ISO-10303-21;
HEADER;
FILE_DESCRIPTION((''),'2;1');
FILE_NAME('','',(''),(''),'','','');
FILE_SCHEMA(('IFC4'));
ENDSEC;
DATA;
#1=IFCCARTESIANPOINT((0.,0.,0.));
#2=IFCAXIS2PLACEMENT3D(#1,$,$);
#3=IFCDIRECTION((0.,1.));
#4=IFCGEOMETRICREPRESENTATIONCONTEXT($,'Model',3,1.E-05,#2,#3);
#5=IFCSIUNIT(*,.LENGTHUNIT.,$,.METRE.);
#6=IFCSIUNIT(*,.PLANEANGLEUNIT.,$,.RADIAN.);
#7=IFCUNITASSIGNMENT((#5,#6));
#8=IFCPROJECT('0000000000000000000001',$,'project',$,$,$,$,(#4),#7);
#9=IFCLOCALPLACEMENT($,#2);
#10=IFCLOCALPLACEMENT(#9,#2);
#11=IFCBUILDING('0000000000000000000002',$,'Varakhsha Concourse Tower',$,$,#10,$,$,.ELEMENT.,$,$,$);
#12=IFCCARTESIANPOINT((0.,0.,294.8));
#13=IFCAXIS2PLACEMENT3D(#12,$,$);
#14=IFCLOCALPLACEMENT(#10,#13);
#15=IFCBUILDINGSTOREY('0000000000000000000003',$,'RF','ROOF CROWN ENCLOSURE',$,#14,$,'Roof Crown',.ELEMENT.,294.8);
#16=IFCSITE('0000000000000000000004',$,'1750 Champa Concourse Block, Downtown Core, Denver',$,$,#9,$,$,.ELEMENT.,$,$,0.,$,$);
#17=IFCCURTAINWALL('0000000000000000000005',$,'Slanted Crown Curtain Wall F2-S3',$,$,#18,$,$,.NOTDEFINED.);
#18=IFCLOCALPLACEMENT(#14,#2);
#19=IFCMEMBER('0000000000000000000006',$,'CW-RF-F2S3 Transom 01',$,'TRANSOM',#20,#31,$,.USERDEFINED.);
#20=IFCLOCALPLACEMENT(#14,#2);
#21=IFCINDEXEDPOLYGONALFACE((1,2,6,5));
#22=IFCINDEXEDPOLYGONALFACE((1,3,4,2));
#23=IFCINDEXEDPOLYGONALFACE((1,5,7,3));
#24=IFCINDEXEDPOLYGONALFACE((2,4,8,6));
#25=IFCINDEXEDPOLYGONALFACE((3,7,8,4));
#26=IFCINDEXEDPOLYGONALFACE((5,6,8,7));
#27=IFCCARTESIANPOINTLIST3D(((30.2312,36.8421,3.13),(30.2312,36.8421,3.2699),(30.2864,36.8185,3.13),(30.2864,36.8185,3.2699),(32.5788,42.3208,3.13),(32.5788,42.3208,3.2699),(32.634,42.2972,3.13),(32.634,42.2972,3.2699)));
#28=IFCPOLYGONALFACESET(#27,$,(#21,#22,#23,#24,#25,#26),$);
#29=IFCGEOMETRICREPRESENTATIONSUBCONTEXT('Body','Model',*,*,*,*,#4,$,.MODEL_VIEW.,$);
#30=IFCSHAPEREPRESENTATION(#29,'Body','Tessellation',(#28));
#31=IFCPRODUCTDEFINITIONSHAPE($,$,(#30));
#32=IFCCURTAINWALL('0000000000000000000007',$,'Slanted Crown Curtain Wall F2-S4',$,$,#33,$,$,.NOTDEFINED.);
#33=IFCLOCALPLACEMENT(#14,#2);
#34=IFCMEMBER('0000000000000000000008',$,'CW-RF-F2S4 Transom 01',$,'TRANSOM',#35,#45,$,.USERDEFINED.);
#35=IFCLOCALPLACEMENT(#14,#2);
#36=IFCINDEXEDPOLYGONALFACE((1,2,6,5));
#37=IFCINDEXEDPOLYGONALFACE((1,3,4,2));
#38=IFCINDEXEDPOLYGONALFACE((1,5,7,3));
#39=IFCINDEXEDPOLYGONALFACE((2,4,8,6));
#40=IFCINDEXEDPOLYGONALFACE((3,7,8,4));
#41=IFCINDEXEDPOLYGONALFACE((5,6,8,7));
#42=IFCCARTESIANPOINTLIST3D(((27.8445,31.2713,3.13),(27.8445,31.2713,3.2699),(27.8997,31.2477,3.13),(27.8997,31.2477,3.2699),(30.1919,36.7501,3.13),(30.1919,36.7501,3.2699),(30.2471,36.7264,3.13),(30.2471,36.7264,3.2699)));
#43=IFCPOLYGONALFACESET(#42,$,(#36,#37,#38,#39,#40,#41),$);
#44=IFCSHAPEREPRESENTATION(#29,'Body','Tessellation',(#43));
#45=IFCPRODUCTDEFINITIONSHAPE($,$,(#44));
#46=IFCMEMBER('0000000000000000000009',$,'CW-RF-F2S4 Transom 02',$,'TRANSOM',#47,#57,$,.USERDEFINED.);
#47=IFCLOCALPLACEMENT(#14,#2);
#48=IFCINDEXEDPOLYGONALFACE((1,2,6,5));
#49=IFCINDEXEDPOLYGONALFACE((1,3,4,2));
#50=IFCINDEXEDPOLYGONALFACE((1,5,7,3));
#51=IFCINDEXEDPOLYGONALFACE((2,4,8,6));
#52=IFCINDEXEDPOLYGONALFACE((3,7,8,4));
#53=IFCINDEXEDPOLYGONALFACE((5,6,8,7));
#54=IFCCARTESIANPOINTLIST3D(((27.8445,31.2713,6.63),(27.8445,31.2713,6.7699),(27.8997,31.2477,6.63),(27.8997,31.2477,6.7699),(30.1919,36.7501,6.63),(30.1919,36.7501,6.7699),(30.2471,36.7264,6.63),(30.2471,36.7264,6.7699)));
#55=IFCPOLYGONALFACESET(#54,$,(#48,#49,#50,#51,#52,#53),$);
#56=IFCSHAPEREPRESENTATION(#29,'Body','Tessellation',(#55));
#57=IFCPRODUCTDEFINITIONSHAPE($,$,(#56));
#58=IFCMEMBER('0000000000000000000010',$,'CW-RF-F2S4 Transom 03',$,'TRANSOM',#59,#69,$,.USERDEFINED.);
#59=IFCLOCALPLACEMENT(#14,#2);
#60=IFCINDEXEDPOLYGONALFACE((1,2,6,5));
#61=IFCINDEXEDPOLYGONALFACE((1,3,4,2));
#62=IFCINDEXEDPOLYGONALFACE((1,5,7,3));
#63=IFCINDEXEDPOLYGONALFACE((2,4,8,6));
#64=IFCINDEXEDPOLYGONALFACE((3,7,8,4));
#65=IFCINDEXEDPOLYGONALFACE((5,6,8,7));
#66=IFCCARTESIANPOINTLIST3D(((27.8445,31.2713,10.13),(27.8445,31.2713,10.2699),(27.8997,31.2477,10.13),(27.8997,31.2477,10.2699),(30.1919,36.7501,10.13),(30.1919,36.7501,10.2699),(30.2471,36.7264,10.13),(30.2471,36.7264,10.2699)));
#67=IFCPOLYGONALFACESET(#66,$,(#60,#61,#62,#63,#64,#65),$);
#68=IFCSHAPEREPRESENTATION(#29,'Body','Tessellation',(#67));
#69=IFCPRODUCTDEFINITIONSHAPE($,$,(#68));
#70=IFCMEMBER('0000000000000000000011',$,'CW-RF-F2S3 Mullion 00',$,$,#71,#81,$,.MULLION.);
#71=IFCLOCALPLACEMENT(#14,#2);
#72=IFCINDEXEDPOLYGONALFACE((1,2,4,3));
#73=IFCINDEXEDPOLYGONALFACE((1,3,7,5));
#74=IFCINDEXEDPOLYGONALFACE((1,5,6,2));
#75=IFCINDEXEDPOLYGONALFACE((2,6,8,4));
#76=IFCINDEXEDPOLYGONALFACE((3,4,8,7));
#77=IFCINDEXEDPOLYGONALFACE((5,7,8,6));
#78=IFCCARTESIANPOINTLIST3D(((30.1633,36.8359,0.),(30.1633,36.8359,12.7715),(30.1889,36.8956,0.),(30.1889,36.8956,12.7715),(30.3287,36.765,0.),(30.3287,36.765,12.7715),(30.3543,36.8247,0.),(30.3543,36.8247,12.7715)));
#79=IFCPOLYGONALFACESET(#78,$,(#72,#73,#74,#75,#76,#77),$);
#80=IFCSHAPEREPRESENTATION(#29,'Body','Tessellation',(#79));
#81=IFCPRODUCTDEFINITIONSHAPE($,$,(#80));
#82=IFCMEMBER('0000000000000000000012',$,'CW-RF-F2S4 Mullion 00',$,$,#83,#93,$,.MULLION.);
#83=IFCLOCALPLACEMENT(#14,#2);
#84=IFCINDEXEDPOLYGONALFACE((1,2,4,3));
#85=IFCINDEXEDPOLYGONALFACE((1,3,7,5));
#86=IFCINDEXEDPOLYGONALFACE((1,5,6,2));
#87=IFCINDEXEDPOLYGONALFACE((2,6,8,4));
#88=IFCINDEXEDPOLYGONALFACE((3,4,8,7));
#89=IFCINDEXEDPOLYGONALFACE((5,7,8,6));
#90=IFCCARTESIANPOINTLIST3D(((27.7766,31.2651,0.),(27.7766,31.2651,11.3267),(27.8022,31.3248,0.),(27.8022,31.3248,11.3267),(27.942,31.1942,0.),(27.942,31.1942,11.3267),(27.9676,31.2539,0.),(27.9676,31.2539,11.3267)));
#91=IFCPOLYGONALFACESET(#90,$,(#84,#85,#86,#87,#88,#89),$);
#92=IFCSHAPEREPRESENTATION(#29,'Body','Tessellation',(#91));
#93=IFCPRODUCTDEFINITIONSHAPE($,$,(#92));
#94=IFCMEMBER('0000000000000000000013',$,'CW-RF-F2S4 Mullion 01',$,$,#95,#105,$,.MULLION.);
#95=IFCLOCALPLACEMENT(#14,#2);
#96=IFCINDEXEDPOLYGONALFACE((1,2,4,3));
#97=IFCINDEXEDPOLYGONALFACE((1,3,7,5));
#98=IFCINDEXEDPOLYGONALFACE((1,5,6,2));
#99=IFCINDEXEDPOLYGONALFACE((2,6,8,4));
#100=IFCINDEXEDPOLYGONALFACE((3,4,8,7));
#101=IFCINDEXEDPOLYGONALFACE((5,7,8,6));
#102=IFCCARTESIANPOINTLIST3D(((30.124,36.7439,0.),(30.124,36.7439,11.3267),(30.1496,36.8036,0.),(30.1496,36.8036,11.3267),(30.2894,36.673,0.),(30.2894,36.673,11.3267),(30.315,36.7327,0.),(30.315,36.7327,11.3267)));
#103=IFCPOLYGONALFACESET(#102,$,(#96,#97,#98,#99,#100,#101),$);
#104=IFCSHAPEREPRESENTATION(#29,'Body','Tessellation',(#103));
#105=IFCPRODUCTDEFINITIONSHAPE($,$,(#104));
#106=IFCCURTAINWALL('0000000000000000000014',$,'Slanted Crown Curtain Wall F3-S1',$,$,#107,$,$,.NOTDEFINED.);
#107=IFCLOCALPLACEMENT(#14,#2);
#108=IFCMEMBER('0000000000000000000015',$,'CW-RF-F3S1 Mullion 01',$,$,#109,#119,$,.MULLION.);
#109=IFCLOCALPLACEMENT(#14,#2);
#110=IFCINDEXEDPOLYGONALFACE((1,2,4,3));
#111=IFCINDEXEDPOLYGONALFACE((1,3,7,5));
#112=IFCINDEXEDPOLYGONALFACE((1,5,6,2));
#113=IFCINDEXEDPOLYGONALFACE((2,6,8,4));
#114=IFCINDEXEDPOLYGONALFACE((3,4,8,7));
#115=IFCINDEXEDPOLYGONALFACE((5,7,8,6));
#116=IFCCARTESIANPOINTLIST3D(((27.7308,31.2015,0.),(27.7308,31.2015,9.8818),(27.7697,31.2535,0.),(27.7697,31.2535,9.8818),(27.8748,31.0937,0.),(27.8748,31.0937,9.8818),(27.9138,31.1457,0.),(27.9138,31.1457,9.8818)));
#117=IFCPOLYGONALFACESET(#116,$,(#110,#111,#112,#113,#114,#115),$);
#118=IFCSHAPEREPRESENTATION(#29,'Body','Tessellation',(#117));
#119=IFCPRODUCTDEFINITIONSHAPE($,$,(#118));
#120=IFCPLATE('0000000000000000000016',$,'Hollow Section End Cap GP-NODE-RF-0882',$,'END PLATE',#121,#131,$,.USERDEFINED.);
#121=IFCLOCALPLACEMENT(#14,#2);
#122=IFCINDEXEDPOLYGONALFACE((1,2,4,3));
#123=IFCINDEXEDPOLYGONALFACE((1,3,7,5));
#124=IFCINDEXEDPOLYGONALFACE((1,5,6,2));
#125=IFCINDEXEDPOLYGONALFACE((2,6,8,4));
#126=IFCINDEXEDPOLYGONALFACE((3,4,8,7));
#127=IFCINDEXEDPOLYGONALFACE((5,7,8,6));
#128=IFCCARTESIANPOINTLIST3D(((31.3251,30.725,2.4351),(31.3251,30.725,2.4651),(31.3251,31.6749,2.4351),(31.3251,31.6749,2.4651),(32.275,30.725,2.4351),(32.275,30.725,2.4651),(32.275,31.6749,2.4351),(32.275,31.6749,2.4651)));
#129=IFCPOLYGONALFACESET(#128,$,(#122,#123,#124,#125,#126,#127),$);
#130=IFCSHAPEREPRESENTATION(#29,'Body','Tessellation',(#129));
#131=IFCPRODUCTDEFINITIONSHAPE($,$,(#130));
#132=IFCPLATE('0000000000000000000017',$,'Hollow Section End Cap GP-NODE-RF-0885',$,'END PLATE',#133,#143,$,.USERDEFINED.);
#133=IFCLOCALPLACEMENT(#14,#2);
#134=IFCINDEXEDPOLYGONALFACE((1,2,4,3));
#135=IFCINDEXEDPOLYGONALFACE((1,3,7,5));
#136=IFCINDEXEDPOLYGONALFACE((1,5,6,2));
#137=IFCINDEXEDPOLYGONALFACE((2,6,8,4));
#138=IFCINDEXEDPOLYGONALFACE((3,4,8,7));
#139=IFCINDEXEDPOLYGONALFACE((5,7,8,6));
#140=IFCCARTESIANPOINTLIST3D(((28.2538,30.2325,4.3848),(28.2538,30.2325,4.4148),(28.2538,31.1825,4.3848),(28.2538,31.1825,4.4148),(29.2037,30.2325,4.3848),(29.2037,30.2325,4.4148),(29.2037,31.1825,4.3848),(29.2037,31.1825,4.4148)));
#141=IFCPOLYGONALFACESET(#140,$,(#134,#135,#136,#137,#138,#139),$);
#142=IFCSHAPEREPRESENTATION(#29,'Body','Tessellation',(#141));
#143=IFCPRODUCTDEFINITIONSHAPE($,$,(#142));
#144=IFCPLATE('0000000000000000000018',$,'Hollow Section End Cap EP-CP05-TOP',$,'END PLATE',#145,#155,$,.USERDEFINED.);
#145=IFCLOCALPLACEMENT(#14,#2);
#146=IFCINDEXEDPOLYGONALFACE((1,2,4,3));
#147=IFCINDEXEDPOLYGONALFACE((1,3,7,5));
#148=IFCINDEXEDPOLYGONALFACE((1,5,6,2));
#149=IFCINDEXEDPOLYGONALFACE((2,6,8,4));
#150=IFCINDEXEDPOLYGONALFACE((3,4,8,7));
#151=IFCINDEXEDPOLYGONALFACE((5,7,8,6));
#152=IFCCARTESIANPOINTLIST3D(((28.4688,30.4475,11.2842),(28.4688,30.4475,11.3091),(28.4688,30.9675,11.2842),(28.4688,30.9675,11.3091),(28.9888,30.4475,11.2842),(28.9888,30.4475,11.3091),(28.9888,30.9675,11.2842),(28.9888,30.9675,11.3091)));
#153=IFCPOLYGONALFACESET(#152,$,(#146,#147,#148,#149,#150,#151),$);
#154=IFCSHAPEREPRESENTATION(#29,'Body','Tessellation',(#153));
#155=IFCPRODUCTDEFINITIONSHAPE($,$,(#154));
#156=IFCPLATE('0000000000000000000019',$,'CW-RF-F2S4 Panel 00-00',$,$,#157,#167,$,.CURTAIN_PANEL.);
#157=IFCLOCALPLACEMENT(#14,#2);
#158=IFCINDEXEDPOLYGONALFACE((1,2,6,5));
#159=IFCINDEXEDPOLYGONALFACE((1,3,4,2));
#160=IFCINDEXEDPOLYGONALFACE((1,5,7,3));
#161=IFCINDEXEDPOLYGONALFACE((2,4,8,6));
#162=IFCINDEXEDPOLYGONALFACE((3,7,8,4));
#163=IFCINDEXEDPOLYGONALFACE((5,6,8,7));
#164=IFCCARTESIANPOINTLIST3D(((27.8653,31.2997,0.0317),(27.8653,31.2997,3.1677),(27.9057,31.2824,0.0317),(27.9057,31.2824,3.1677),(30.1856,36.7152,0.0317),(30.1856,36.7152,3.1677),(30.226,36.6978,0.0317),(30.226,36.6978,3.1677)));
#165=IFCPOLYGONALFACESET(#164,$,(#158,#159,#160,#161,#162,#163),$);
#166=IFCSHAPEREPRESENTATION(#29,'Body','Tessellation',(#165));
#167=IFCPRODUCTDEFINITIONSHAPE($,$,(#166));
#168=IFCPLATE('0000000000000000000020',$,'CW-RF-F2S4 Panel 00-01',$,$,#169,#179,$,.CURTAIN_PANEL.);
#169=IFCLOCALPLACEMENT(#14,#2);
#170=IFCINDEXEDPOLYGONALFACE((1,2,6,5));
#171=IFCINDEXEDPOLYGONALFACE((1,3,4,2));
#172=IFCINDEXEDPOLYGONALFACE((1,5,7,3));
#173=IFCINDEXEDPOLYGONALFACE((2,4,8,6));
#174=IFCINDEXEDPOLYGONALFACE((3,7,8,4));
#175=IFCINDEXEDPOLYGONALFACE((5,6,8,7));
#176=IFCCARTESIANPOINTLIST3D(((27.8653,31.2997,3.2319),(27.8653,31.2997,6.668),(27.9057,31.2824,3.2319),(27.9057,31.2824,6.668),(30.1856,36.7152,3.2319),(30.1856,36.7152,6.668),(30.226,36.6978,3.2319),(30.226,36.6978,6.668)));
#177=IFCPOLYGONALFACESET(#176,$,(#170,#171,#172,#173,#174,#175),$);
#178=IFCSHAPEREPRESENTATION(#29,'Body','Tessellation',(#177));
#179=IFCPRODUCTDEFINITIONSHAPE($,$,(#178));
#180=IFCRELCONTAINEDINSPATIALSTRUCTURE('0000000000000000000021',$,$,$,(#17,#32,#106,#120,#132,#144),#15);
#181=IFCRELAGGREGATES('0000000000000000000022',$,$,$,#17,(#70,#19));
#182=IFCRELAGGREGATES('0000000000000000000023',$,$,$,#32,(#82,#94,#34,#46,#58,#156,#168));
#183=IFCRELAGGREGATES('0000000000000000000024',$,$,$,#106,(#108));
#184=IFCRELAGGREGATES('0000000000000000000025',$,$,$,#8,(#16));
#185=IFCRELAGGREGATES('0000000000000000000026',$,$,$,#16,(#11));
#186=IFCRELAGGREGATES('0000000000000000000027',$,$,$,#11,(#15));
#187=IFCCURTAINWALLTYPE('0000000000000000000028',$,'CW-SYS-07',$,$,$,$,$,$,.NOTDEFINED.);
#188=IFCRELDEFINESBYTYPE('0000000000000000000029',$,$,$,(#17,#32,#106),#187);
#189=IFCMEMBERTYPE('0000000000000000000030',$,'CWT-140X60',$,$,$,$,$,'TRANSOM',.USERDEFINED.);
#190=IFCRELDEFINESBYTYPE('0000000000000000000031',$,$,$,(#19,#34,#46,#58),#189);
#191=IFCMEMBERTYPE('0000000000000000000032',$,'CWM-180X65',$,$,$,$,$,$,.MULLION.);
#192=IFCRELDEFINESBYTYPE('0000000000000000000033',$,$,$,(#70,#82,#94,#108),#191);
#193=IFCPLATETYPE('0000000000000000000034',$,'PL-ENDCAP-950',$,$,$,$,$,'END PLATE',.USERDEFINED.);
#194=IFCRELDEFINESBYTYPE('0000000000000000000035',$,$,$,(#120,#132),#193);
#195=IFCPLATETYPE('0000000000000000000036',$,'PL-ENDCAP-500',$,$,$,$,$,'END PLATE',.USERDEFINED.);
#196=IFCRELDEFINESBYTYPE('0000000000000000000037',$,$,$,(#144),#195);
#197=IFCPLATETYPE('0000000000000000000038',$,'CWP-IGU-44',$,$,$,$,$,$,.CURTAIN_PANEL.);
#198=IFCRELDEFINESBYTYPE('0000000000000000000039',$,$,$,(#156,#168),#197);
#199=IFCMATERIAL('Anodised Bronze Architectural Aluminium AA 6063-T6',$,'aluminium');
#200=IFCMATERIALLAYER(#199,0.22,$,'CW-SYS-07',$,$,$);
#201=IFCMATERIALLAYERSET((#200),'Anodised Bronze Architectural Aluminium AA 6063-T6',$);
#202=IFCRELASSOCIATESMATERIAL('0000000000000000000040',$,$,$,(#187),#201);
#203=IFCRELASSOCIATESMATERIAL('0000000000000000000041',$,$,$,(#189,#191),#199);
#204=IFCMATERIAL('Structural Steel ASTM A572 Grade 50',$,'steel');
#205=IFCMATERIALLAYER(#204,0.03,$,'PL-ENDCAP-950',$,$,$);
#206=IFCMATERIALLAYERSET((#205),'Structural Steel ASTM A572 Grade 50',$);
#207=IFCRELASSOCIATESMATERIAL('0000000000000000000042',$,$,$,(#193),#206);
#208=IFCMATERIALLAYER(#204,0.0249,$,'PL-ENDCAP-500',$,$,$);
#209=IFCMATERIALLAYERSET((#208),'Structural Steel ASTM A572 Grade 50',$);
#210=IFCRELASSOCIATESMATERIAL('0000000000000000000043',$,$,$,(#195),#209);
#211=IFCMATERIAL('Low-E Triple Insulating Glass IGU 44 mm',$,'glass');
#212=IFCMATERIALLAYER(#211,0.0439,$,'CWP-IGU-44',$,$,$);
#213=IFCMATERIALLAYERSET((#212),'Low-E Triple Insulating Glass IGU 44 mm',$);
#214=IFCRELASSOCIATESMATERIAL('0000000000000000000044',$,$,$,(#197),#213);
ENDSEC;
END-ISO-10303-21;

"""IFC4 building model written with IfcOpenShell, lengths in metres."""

from ifc_helpers import new_model, si_unit, direction, frame, origin, origin_2d, place, context, subcontext, project, spatial, rectangle, extrude, source, transform, mapped, material, layer, layer_set, material_profile, profile_set, type_object, type_shapes, element, aggregate, save


model = new_model("IFC4")

# Units and contexts
model_context = context("Model", 3, precision=1e-05, world=origin(), true_north=direction((0.0, 1.0)))
body_context = subcontext(model_context, "Body", "Model", "MODEL_VIEW")
ifc_project = project(units=[si_unit("LENGTHUNIT", "METRE"), si_unit("PLANEANGLEUNIT", "RADIAN")], contexts=[model_context])

# Site, building, storey
site_placement = place(None, origin())
site = spatial("IfcSite", under=ifc_project, at=site_placement, Name="1750 Champa Concourse Block, Downtown Core, Denver", CompositionType="ELEMENT", RefElevation=0.0)
building_placement = place(site_placement, origin())
building = spatial("IfcBuilding", under=site, at=building_placement, Name="Varakhsha Concourse Tower", CompositionType="ELEMENT")
storey_placement = place(building_placement, frame((0.0, 0.0, 294.8)))
storey = spatial("IfcBuildingStorey", under=building, at=storey_placement, Name="RF", Description="ROOF CROWN ENCLOSURE", LongName="Roof Crown", CompositionType="ELEMENT", Elevation=294.8)

# Shared definitions
ifc_material_1 = material(Name="Structural Steel ASTM A572 Grade 50", Category="steel")

# Curtain wall, member
ifc_material_2 = material(Name="Anodised Bronze Architectural Aluminium AA 6063-T6", Category="aluminium")
ifc_layer_1 = layer(ifc_material_2, 0.22, Name="CW-SYS-07")
ifc_layer_set_1 = layer_set([ifc_layer_1], Name="Anodised Bronze Architectural Aluminium AA 6063-T6")
curtain_wall_type = type_object("IfcCurtainWallType", Name="CW-SYS-07", PredefinedType="NOTDEFINED", material=ifc_layer_set_1)
curtain_wall_1_placement = place(storey_placement, origin())
curtain_wall_1 = element("IfcCurtainWall", 1, at=curtain_wall_1_placement, inside=storey, type_object=curtain_wall_type, Name="Slanted Crown Curtain Wall F2-S3", PredefinedType="NOTDEFINED")
ifc_material_profile_1 = material_profile(ifc_material_2, rectangle(XDim=0.0601, YDim=0.1399, at=origin_2d()), Name="CWT-140X60")
ifc_profile_set_1 = profile_set([ifc_material_profile_1], Name="Anodised Bronze Architectural Aluminium AA 6063-T6")
member_type_1 = type_object("IfcMemberType", Name="CWT-140X60", ElementType="TRANSOM", PredefinedType="USERDEFINED", material=ifc_profile_set_1)
shared_shape_1 = source(origin(), body_context, "Body", "SweptSolid", [
    extrude(rectangle(XDim=0.0601, YDim=0.1399, at=origin_2d()), origin(), (0.0, 0.0, 1.0), 5.9604),
])
type_shapes(member_type_1, [shared_shape_1])
member_1_placement = place(storey_placement, frame((30.2588, 36.8303, 3.2), z_axis=(0.393865, 0.919168, 0.0), x_axis=(-0.919168, 0.393865, 0.0)))
member_1 = element("IfcMember", 2, at=member_1_placement, type_object=member_type_1, Name="CW-RF-F2S3 Transom 01", ObjectType="TRANSOM", PredefinedType="USERDEFINED", context=body_context, shape_type="MappedRepresentation", body=[
    mapped(shared_shape_1, transform((0.0, 0.0, 0.0), scale=1.0)),
])

# Curtain wall, members
curtain_wall_2_placement = place(storey_placement, origin())
curtain_wall_2 = element("IfcCurtainWall", 3, at=curtain_wall_2_placement, inside=storey, type_object=curtain_wall_type, Name="Slanted Crown Curtain Wall F2-S4", PredefinedType="NOTDEFINED")
member_2_placement = place(storey_placement, frame((27.8721, 31.2595, 3.2), z_axis=(0.39383, 0.919183, 0.0), x_axis=(-0.919183, 0.39383, 0.0)))
member_2 = element("IfcMember", 4, at=member_2_placement, type_object=member_type_1, Name="CW-RF-F2S4 Transom 01", ObjectType="TRANSOM", PredefinedType="USERDEFINED", context=body_context, shape_type="MappedRepresentation", body=[
    mapped(shared_shape_1, transform((0.0, 0.0, 0.0), scale=1.0)),
])
member_3_placement = place(storey_placement, frame((27.8721, 31.2595, 6.7), z_axis=(0.39383, 0.919183, 0.0), x_axis=(-0.919183, 0.39383, 0.0)))
member_3 = element("IfcMember", 5, at=member_3_placement, type_object=member_type_1, Name="CW-RF-F2S4 Transom 02", ObjectType="TRANSOM", PredefinedType="USERDEFINED", context=body_context, shape_type="MappedRepresentation", body=[
    mapped(shared_shape_1, transform((0.0, 0.0, 0.0), scale=1.0)),
])
member_4_placement = place(storey_placement, frame((27.8721, 31.2595, 10.2), z_axis=(0.39383, 0.919183, 0.0), x_axis=(-0.919183, 0.39383, 0.0)))
member_4 = element("IfcMember", 6, at=member_4_placement, type_object=member_type_1, Name="CW-RF-F2S4 Transom 03", ObjectType="TRANSOM", PredefinedType="USERDEFINED", context=body_context, shape_type="MappedRepresentation", body=[
    mapped(shared_shape_1, transform((0.0, 0.0, 0.0), scale=1.0)),
])

# Members
ifc_material_profile_2 = material_profile(ifc_material_2, rectangle(XDim=0.0649, YDim=0.1799, at=origin_2d()), Name="CWM-180X65")
ifc_profile_set_2 = profile_set([ifc_material_profile_2], Name="Anodised Bronze Architectural Aluminium AA 6063-T6")
member_type_2 = type_object("IfcMemberType", Name="CWM-180X65", PredefinedType="MULLION", material=ifc_profile_set_2)
shared_shape_2 = source(origin(), body_context, "Body", "SweptSolid", [
    extrude(rectangle(XDim=0.0649, YDim=0.1799, at=origin_2d()), origin(), (0.0, 0.0, 1.0), 12.7715),
])
member_5_placement = place(storey_placement, frame((30.2588, 36.8303, 0.0), z_axis=(0.0, 0.0, 1.0), x_axis=(0.393841, 0.919179, 0.0)))
member_5 = element("IfcMember", 7, at=member_5_placement, type_object=member_type_2, Name="CW-RF-F2S3 Mullion 00", PredefinedType="MULLION", context=body_context, shape_type="MappedRepresentation", body=[
    mapped(shared_shape_2, transform((0.0, 0.0, 0.0), scale=1.0)),
])
aggregate(curtain_wall_1, [member_5, member_1])
shared_shape_3 = source(origin(), body_context, "Body", "SweptSolid", [
    extrude(rectangle(XDim=0.0649, YDim=0.1799, at=origin_2d()), origin(), (0.0, 0.0, 1.0), 11.3267),
])
member_6_placement = place(storey_placement, frame((27.8721, 31.2595, 0.0), z_axis=(0.0, 0.0, 1.0), x_axis=(0.393841, 0.919179, 0.0)))
member_6 = element("IfcMember", 8, at=member_6_placement, type_object=member_type_2, Name="CW-RF-F2S4 Mullion 00", PredefinedType="MULLION", context=body_context, shape_type="MappedRepresentation", body=[
    mapped(shared_shape_3, transform((0.0, 0.0, 0.0), scale=1.0)),
])
member_7_placement = place(storey_placement, frame((30.2195, 36.7383, 0.0), z_axis=(0.0, 0.0, 1.0), x_axis=(0.393841, 0.919179, 0.0)))
member_7 = element("IfcMember", 9, at=member_7_placement, type_object=member_type_2, Name="CW-RF-F2S4 Mullion 01", PredefinedType="MULLION", context=body_context, shape_type="MappedRepresentation", body=[
    mapped(shared_shape_3, transform((0.0, 0.0, 0.0), scale=1.0)),
])

# Curtain wall, member
curtain_wall_3_placement = place(storey_placement, origin())
curtain_wall_3 = element("IfcCurtainWall", 10, at=curtain_wall_3_placement, inside=storey, type_object=curtain_wall_type, Name="Slanted Crown Curtain Wall F3-S1", PredefinedType="NOTDEFINED")
shared_shape_4 = source(origin(), body_context, "Body", "SweptSolid", [
    extrude(rectangle(XDim=0.0649, YDim=0.1799, at=origin_2d()), origin(), (0.0, 0.0, 1.0), 9.8818),
])
type_shapes(member_type_2, [shared_shape_2, shared_shape_3, shared_shape_4])
member_8_placement = place(storey_placement, frame((27.8223, 31.1736, 0.0), z_axis=(0.0, 0.0, 1.0), x_axis=(0.599092, 0.80068, 0.0)))
member_8 = element("IfcMember", 11, at=member_8_placement, type_object=member_type_2, Name="CW-RF-F3S1 Mullion 01", PredefinedType="MULLION", context=body_context, shape_type="MappedRepresentation", body=[
    mapped(shared_shape_4, transform((0.0, 0.0, 0.0), scale=1.0)),
])

# Plates
ifc_layer_2 = layer(ifc_material_1, 0.03, Name="PL-ENDCAP-950")
ifc_layer_set_2 = layer_set([ifc_layer_2], Name="Structural Steel ASTM A572 Grade 50")
plate_type_1 = type_object("IfcPlateType", Name="PL-ENDCAP-950", ElementType="END PLATE", PredefinedType="USERDEFINED", material=ifc_layer_set_2)
shared_shape_5 = source(origin(), body_context, "Body", "SweptSolid", [
    extrude(rectangle(XDim=0.95, YDim=0.95, at=origin_2d()), origin(), (0.0, 0.0, 1.0), 0.03),
])
type_shapes(plate_type_1, [shared_shape_5])
for number, where, z_axis, x_axis, name in (
    (12, (31.8, 31.2, 2.4351), (0.0, 0.0, 1.0), (1.0, 0.0, 0.0), "Hollow Section End Cap GP-NODE-RF-0882"),
    (13, (28.7288, 30.7075, 4.3848), (0.0, 0.0, 1.0), (1.0, 0.0, 0.0), "Hollow Section End Cap GP-NODE-RF-0885"),
):
    element("IfcPlate", number, at=place(storey_placement, frame(where, z_axis=z_axis, x_axis=x_axis)), inside=storey, type_object=plate_type_1, Name=name, ObjectType="END PLATE", PredefinedType="USERDEFINED", context=body_context, shape_type="MappedRepresentation", body=[
        mapped(shared_shape_5, transform((0.0, 0.0, 0.0), scale=1.0)),
    ])
ifc_layer_3 = layer(ifc_material_1, 0.0249, Name="PL-ENDCAP-500")
ifc_layer_set_3 = layer_set([ifc_layer_3], Name="Structural Steel ASTM A572 Grade 50")
plate_type_2 = type_object("IfcPlateType", Name="PL-ENDCAP-500", ElementType="END PLATE", PredefinedType="USERDEFINED", material=ifc_layer_set_3)
shared_shape_6 = source(origin(), body_context, "Body", "SweptSolid", [
    extrude(rectangle(XDim=0.52, YDim=0.52, at=origin_2d()), origin(), (0.0, 0.0, 1.0), 0.0249),
])
type_shapes(plate_type_2, [shared_shape_6])
plate_1_placement = place(storey_placement, frame((28.7288, 30.7075, 11.2842), z_axis=(0.0, 0.0, 1.0), x_axis=(1.0, 0.0, 0.0)))
element("IfcPlate", 14, at=plate_1_placement, inside=storey, type_object=plate_type_2, Name="Hollow Section End Cap EP-CP05-TOP", ObjectType="END PLATE", PredefinedType="USERDEFINED", context=body_context, shape_type="MappedRepresentation", body=[
    mapped(shared_shape_6, transform((0.0, 0.0, 0.0), scale=1.0)),
])

# Plates
ifc_material_3 = material(Name="Low-E Triple Insulating Glass IGU 44 mm", Category="glass")
ifc_layer_4 = layer(ifc_material_3, 0.0439, Name="CWP-IGU-44")
ifc_layer_set_4 = layer_set([ifc_layer_4], Name="Low-E Triple Insulating Glass IGU 44 mm")
plate_type_3 = type_object("IfcPlateType", Name="CWP-IGU-44", PredefinedType="CURTAIN_PANEL", material=ifc_layer_set_4)
shared_shape_7 = source(origin(), body_context, "Body", "SweptSolid", [
    extrude(rectangle(XDim=5.8916, YDim=0.0439, at=origin_2d()), origin(), (0.0, 0.0, 1.0), 3.136),
])
plate_2_placement = place(storey_placement, frame((29.0457, 33.9988, 0.0317), z_axis=(0.0, 0.0, 1.0), x_axis=(0.393841, 0.919179, 0.0)))
plate_2 = element("IfcPlate", 15, at=plate_2_placement, type_object=plate_type_3, Name="CW-RF-F2S4 Panel 00-00", PredefinedType="CURTAIN_PANEL", context=body_context, shape_type="MappedRepresentation", body=[
    mapped(shared_shape_7, transform((0.0, 0.0, 0.0), scale=1.0)),
])
shared_shape_8 = source(origin(), body_context, "Body", "SweptSolid", [
    extrude(rectangle(XDim=5.8916, YDim=0.0439, at=origin_2d()), origin(), (0.0, 0.0, 1.0), 3.436),
])
type_shapes(plate_type_3, [shared_shape_7, shared_shape_8])
plate_3_placement = place(storey_placement, frame((29.0457, 33.9988, 3.2319), z_axis=(0.0, 0.0, 1.0), x_axis=(0.393841, 0.919179, 0.0)))
plate_3 = element("IfcPlate", 16, at=plate_3_placement, type_object=plate_type_3, Name="CW-RF-F2S4 Panel 00-01", PredefinedType="CURTAIN_PANEL", context=body_context, shape_type="MappedRepresentation", body=[
    mapped(shared_shape_8, transform((0.0, 0.0, 0.0), scale=1.0)),
])

aggregate(curtain_wall_2, [member_6, member_7, member_2, member_3, member_4, plate_2, plate_3])
aggregate(curtain_wall_3, [member_8])

save(model, "model.ifc")
